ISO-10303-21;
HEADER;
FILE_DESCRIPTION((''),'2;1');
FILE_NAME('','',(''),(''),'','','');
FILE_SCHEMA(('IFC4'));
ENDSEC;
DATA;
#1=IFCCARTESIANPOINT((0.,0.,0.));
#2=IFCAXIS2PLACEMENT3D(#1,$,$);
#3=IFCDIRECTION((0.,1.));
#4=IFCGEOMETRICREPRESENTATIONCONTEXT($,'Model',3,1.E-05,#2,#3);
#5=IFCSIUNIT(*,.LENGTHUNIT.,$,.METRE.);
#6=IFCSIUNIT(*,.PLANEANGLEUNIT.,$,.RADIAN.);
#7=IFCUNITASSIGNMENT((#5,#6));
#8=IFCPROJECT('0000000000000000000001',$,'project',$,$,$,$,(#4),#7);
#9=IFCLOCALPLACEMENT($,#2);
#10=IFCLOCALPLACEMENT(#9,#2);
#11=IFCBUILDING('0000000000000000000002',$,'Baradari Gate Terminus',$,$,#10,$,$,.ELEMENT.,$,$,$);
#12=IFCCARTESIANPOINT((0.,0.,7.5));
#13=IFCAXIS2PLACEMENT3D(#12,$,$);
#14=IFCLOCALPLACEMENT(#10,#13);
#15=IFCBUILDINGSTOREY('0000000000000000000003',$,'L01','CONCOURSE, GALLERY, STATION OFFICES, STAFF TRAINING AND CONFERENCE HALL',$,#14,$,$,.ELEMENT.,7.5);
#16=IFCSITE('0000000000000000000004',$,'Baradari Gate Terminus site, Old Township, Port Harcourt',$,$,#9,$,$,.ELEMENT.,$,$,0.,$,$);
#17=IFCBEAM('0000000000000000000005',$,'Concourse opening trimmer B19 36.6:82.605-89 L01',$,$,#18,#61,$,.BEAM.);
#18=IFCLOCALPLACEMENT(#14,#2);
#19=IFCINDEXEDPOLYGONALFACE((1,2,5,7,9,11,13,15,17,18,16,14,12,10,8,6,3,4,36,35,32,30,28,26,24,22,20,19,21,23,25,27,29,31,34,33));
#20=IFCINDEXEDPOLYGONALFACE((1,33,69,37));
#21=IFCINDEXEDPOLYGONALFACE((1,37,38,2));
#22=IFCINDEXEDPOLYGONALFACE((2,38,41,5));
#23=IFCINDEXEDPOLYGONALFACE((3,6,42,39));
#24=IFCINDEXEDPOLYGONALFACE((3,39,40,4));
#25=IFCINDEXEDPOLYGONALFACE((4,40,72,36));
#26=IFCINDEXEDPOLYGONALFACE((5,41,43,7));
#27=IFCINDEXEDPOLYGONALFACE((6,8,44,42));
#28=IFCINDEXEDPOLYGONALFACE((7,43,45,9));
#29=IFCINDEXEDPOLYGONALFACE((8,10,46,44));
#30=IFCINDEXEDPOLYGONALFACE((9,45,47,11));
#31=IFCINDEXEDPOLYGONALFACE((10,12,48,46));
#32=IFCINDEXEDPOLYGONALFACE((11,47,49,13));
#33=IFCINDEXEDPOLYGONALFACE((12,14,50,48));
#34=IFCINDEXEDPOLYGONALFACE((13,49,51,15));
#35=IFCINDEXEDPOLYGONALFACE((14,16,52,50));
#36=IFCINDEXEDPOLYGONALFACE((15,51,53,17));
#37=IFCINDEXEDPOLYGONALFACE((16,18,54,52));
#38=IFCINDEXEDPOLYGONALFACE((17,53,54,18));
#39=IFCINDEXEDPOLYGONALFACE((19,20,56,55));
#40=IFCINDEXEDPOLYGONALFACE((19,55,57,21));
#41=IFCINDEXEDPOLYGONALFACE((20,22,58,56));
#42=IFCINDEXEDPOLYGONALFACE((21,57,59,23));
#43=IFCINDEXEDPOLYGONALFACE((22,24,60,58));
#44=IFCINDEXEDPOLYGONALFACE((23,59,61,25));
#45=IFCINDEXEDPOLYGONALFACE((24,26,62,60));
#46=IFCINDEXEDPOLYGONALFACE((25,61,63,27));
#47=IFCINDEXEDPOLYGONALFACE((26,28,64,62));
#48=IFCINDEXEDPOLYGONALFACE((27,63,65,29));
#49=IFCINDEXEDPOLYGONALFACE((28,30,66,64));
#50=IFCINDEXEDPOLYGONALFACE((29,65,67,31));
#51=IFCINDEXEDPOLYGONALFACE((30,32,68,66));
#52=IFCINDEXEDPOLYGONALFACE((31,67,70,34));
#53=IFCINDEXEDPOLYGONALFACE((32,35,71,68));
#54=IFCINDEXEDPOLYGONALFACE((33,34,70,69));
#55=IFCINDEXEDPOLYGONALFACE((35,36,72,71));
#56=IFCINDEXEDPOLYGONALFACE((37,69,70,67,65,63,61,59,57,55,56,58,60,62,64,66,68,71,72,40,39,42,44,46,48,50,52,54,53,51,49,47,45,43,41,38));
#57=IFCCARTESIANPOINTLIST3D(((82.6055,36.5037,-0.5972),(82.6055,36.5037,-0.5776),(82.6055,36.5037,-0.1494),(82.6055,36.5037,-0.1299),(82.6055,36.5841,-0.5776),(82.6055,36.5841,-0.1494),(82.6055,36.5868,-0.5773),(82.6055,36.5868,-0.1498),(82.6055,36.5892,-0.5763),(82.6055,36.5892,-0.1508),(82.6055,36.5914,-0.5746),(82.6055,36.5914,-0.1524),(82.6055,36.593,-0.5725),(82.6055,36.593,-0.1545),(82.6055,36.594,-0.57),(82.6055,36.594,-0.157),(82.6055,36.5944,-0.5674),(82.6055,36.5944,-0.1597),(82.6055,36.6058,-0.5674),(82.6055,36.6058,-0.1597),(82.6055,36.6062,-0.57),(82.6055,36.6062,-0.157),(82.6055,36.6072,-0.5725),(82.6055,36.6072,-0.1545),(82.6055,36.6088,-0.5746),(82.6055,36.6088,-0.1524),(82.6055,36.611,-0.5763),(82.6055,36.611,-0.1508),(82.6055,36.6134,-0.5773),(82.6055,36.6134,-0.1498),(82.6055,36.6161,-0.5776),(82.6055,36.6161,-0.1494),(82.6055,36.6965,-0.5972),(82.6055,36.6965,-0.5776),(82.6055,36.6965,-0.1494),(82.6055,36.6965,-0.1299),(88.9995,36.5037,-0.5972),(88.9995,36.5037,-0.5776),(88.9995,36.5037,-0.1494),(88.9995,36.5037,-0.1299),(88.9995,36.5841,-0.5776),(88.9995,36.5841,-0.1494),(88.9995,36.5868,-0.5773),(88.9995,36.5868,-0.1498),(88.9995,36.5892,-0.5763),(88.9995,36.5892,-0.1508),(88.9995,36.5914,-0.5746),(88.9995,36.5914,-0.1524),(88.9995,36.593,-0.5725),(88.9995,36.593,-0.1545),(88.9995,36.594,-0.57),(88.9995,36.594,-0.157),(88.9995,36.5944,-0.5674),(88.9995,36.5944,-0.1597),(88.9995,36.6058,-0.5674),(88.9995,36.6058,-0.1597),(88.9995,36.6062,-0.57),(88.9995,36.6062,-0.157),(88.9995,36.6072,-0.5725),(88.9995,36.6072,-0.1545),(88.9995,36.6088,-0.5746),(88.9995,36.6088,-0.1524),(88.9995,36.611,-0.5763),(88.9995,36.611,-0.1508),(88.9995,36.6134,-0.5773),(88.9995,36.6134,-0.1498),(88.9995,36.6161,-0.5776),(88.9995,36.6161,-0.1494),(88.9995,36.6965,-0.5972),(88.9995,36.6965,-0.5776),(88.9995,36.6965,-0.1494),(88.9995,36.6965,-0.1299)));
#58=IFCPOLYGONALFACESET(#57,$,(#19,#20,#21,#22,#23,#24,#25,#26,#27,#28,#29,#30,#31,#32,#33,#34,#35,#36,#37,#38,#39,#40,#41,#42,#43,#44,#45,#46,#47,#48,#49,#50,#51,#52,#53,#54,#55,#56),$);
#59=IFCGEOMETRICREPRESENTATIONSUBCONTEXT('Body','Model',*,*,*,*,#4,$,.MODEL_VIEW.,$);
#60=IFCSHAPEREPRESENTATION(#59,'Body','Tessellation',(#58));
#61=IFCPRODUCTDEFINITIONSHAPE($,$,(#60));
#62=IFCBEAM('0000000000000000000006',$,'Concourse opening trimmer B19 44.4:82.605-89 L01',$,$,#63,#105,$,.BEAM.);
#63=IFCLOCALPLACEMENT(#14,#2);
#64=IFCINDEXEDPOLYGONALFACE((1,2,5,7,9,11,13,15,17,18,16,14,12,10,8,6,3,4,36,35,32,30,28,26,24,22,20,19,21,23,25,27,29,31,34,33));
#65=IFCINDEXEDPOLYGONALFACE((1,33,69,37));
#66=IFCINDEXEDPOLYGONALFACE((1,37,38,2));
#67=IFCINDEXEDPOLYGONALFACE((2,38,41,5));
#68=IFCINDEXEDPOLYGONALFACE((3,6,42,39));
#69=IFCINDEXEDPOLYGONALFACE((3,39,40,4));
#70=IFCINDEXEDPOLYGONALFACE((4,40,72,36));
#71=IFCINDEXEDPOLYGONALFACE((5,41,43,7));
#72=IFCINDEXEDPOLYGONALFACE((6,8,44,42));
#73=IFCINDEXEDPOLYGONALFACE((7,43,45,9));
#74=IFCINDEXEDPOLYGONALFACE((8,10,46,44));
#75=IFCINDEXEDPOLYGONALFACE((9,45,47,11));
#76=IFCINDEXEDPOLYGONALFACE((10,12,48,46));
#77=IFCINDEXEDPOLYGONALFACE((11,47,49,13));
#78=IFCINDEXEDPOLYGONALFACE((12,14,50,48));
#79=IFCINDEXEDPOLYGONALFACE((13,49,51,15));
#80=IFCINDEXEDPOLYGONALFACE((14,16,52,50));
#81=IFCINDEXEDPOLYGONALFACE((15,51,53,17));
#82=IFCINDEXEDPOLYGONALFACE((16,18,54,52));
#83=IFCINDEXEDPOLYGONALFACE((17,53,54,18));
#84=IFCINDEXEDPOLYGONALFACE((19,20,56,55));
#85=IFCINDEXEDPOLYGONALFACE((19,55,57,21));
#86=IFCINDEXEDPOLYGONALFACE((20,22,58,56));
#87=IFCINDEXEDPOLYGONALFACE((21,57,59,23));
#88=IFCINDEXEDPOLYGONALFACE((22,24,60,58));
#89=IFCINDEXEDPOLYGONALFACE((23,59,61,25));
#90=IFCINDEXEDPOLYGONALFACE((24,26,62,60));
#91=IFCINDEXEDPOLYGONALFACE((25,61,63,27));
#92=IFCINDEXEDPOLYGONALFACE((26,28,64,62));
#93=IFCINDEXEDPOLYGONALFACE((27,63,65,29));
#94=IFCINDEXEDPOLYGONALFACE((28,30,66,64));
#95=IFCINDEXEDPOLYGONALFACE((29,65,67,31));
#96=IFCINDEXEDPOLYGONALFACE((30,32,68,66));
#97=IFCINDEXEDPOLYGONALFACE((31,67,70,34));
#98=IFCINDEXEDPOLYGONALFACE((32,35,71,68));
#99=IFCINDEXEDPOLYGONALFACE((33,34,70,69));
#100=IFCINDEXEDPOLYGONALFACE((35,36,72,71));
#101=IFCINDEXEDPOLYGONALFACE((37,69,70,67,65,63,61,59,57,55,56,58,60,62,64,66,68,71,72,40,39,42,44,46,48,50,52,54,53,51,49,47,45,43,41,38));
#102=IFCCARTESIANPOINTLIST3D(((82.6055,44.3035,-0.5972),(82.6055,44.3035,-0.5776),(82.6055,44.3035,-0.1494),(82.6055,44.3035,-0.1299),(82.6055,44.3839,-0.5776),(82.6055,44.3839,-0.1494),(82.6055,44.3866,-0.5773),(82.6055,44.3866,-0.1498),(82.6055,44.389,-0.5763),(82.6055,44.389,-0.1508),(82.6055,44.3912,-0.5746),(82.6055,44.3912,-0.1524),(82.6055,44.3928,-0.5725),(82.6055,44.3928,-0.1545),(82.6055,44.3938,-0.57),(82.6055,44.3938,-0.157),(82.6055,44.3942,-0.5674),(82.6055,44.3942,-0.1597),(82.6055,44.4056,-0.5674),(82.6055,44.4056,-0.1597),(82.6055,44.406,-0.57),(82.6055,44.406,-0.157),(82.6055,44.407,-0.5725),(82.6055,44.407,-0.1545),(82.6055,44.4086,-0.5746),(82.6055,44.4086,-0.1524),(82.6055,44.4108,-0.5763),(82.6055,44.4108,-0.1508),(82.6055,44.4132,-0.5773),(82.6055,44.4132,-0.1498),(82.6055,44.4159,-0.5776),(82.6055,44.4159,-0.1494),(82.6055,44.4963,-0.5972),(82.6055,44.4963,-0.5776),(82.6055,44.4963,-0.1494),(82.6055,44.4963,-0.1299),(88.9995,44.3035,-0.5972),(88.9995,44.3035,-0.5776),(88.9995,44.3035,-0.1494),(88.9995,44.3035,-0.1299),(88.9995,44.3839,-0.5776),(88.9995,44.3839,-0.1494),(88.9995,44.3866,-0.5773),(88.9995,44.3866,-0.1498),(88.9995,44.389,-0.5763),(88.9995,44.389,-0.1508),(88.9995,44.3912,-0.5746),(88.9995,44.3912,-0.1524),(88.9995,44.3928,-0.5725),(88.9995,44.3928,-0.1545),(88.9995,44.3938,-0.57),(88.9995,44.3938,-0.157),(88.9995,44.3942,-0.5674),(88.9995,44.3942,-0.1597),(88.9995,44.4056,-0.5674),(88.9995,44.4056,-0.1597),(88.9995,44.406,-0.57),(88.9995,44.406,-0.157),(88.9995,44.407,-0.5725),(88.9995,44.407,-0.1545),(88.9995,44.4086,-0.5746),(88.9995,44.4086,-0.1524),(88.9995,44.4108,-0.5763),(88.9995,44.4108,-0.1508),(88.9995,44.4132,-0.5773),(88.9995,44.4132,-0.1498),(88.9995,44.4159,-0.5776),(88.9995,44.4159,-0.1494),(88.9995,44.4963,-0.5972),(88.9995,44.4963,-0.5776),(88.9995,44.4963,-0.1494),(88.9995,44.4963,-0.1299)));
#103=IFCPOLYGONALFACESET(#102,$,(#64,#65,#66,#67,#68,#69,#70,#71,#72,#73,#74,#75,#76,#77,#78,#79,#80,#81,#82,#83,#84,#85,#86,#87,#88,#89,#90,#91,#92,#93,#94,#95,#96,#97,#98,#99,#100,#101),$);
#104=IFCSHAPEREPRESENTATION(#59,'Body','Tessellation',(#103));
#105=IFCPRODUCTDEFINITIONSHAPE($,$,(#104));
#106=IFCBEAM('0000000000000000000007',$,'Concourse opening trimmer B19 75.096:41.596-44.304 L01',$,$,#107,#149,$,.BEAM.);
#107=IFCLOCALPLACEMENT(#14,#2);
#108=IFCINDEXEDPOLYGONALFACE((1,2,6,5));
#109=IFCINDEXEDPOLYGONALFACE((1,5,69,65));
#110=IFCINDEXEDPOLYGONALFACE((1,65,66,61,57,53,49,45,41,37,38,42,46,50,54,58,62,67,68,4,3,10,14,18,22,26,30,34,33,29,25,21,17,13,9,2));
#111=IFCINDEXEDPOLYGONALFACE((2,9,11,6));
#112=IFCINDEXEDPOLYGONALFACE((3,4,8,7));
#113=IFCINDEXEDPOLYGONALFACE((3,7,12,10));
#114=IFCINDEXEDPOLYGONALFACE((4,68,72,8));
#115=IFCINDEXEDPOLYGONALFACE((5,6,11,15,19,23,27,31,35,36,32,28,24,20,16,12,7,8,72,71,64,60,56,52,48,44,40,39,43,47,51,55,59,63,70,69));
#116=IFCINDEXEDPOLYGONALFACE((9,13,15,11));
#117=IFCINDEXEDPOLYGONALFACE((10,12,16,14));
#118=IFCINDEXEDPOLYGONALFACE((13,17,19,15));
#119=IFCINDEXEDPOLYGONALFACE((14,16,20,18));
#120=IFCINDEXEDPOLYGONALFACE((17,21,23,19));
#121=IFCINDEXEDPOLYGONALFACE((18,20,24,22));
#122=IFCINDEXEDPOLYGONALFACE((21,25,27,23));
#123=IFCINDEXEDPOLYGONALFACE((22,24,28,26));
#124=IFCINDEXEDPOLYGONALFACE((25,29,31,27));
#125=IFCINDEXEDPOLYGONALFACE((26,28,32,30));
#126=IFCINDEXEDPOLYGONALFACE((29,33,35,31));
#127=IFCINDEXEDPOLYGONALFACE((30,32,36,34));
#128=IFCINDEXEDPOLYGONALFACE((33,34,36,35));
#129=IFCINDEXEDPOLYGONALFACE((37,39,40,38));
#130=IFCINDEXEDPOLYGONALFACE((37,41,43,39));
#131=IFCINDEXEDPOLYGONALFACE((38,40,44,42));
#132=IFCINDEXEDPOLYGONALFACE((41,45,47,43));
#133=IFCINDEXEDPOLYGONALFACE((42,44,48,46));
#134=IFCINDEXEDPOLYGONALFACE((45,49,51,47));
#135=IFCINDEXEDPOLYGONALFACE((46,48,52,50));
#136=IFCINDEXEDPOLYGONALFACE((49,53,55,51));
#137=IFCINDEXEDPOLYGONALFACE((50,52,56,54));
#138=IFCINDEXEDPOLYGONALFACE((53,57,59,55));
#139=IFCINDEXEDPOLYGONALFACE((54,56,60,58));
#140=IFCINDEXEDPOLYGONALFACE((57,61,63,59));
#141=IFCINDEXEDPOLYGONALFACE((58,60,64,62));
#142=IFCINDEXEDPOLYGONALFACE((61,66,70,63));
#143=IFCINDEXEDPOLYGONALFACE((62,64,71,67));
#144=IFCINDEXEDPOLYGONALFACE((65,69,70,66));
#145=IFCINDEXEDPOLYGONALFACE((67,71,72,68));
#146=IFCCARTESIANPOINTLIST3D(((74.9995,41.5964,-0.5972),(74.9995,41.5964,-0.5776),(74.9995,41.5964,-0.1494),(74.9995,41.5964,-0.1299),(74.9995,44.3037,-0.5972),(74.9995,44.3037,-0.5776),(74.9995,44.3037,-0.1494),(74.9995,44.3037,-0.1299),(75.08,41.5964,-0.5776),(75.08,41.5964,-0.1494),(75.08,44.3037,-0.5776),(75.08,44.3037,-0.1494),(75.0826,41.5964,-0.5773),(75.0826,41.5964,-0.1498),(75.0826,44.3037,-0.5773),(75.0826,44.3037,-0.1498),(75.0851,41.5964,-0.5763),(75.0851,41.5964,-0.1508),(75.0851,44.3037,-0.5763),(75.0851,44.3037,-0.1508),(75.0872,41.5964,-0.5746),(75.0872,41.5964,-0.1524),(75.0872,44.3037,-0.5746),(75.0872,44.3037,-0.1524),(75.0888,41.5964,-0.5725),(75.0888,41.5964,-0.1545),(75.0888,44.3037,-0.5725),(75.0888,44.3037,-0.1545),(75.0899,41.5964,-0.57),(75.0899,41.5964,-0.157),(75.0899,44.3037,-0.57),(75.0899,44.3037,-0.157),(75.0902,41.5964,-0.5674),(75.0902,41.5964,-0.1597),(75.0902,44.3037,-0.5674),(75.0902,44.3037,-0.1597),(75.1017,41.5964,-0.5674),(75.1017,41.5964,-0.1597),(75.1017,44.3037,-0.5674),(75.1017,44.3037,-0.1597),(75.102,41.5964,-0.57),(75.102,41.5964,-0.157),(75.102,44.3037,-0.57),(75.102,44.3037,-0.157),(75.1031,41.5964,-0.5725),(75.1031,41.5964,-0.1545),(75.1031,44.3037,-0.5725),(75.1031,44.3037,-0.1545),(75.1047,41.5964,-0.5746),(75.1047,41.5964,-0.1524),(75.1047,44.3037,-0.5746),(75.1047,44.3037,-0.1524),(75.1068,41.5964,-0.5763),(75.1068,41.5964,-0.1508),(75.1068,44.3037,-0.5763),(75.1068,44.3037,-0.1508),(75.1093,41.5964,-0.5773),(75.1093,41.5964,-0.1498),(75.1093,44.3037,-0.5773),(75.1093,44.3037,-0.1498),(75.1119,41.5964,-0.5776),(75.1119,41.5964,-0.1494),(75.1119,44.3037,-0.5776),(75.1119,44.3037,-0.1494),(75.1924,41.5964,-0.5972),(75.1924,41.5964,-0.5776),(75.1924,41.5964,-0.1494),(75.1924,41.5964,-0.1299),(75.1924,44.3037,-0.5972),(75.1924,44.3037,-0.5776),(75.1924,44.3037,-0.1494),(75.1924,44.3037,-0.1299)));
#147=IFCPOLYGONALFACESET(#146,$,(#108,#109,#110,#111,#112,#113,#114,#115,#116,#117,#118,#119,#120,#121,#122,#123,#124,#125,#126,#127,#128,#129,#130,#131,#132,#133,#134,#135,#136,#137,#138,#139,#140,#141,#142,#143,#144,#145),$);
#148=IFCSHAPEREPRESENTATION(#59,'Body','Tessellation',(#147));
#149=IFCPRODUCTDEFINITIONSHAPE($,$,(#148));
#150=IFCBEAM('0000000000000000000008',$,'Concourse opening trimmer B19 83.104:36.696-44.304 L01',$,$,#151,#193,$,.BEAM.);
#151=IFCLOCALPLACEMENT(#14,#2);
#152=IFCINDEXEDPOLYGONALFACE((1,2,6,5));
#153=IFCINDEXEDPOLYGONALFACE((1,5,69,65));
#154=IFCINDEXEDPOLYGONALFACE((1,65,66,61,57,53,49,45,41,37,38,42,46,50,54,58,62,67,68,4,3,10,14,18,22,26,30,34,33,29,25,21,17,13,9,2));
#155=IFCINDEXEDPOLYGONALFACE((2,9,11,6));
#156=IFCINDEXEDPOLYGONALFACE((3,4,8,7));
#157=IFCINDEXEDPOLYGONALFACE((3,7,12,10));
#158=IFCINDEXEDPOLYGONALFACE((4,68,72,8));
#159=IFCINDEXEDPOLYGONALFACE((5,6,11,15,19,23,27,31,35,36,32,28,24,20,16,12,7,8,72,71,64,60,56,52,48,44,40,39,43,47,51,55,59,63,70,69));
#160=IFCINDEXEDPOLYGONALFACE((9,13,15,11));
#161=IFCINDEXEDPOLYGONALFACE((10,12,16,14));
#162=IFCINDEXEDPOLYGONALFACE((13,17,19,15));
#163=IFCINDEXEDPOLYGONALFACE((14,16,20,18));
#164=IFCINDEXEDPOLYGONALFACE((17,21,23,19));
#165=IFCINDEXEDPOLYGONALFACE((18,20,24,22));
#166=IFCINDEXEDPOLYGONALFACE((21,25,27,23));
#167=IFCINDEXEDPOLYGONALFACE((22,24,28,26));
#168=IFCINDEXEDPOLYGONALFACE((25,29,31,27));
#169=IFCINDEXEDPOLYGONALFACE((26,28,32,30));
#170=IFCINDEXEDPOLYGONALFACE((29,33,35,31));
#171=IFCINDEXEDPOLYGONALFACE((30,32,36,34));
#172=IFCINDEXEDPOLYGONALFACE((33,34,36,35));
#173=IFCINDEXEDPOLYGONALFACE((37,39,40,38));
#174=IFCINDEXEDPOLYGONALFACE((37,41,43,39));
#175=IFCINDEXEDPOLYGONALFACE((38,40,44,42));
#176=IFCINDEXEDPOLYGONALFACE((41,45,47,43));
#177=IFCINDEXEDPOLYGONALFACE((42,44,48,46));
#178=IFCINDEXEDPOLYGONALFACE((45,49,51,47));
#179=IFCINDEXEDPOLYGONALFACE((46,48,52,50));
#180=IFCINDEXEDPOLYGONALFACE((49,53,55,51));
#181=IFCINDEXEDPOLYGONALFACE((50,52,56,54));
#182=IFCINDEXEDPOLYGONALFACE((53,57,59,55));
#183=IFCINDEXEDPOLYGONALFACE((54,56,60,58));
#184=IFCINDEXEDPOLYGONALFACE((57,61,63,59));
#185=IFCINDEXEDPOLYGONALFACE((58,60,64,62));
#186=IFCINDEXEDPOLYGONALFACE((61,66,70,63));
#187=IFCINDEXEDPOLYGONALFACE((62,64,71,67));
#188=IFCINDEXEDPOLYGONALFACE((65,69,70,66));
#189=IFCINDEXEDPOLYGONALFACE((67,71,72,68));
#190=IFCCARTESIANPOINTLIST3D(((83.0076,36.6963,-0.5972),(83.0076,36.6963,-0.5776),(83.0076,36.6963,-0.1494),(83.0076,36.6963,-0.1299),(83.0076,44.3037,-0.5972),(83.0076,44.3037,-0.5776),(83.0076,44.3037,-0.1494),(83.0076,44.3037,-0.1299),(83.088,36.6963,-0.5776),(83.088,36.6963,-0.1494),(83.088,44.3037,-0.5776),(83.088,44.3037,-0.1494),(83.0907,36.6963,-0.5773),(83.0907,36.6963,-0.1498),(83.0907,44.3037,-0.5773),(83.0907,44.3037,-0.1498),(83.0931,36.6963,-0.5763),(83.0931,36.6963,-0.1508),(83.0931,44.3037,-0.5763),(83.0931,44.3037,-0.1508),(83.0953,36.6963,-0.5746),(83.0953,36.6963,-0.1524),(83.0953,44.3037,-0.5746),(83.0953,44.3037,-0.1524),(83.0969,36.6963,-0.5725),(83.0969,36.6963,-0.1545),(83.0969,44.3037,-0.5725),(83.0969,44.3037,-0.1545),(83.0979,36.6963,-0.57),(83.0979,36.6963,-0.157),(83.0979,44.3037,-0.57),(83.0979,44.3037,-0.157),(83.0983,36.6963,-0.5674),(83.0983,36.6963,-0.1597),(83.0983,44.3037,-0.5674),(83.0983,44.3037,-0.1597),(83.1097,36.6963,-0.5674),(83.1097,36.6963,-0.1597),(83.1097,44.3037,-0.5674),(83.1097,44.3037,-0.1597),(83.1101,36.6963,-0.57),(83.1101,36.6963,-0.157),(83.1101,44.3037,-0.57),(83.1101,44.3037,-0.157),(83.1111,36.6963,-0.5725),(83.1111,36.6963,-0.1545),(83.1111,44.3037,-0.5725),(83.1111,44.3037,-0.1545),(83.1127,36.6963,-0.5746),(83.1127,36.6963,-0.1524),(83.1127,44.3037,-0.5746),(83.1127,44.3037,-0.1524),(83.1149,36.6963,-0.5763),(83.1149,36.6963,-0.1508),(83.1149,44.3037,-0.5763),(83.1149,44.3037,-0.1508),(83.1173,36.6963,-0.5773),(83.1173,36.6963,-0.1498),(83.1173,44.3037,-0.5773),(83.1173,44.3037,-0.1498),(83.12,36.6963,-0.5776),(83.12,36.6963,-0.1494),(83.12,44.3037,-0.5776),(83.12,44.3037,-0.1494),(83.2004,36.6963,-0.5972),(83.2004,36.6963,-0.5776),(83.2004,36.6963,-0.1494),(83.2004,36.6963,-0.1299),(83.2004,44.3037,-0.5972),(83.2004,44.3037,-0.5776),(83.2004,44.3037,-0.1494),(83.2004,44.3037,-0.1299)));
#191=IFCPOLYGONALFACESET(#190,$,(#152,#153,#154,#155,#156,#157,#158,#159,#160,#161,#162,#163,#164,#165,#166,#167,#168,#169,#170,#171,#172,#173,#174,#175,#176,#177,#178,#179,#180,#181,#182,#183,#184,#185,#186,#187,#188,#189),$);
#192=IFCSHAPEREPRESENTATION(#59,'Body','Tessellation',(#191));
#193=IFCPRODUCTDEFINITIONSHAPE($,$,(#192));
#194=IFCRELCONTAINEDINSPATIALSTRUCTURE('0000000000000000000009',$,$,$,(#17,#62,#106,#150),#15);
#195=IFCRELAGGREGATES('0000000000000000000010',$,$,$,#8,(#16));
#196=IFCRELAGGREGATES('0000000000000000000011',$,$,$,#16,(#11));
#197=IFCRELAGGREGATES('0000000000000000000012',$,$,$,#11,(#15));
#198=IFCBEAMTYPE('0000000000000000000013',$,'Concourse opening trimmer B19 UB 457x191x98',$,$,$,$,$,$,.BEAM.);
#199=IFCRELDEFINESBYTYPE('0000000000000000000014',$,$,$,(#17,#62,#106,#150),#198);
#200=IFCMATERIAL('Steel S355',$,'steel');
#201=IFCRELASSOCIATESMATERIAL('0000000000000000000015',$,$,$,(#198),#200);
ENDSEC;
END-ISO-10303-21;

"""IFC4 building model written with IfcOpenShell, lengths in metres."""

from ifc_helpers import new_model, si_unit, direction, frame, origin, origin_2d, place, context, subcontext, project, spatial, i_section, extrude, material, material_profile, profile_set, type_object, element, save


model = new_model("IFC4")

# Units and contexts
model_context = context("Model", 3, precision=1e-05, world=origin(), true_north=direction((0.0, 1.0)))
body_context = subcontext(model_context, "Body", "Model", "MODEL_VIEW")
ifc_project = project(units=[si_unit("LENGTHUNIT", "METRE"), si_unit("PLANEANGLEUNIT", "RADIAN")], contexts=[model_context])

# Site, building, storey
site_placement = place(None, origin())
site = spatial("IfcSite", under=ifc_project, at=site_placement, Name="Baradari Gate Terminus site, Old Township, Port Harcourt", CompositionType="ELEMENT", RefElevation=0.0)
building_placement = place(site_placement, origin())
building = spatial("IfcBuilding", under=site, at=building_placement, Name="Baradari Gate Terminus", CompositionType="ELEMENT")
storey_placement = place(building_placement, frame((0.0, 0.0, 7.5)))
storey = spatial("IfcBuildingStorey", under=building, at=storey_placement, Name="L01", Description="CONCOURSE, GALLERY, STATION OFFICES, STAFF TRAINING AND CONFERENCE HALL", CompositionType="ELEMENT", Elevation=7.5)

# Beams
ifc_material_1 = material(Name="Steel S355", Category="steel")
ifc_material_profile_1 = material_profile(ifc_material_1, i_section(OverallWidth=0.1929, OverallDepth=0.4673, WebThickness=0.0115, FlangeThickness=0.0195, FilletRadius=0.0103, at=origin_2d()), Name="UB 457x191x98")
ifc_profile_set_1 = profile_set([ifc_material_profile_1], Name="Steel S355")
beam_type_1 = type_object("IfcBeamType", Name="Concourse opening trimmer B19 UB 457x191x98", PredefinedType="BEAM", material=ifc_profile_set_1)
for number, where, z_axis, x_axis, name in (
    (1, (82.6055, 36.6001, -0.3635), (1.0, 0.0, 0.0), (0.0, 1.0, 0.0), "Concourse opening trimmer B19 36.6:82.605-89 L01"),
    (2, (82.6055, 44.3999, -0.3635), (1.0, 0.0, 0.0), (0.0, 1.0, 0.0), "Concourse opening trimmer B19 44.4:82.605-89 L01"),
):
    element("IfcBeam", number, at=place(storey_placement, frame(where, z_axis=z_axis, x_axis=x_axis)), inside=storey, type_object=beam_type_1, Name=name, PredefinedType="BEAM", context=body_context, shape_type="SweptSolid", body=[
        extrude(i_section(OverallWidth=0.1929, OverallDepth=0.4673, WebThickness=0.0115, FlangeThickness=0.0195, FilletRadius=0.0103, at=origin_2d()), origin(), (0.0, 0.0, 1.0), 6.394),
    ])
beam_1_placement = place(storey_placement, frame((75.0959, 41.5964, -0.3635), z_axis=(0.0, 1.0, 0.0), x_axis=(-1.0, 0.0, 0.0)))
element("IfcBeam", 3, at=beam_1_placement, inside=storey, type_object=beam_type_1, Name="Concourse opening trimmer B19 75.096:41.596-44.304 L01", PredefinedType="BEAM", context=body_context, shape_type="SweptSolid", body=[
    extrude(i_section(OverallWidth=0.1929, OverallDepth=0.4673, WebThickness=0.0115, FlangeThickness=0.0195, FilletRadius=0.0103, at=origin_2d()), origin(), (0.0, 0.0, 1.0), 2.7073),
])
beam_2_placement = place(storey_placement, frame((83.104, 36.6963, -0.3635), z_axis=(0.0, 1.0, 0.0), x_axis=(-1.0, 0.0, 0.0)))
element("IfcBeam", 4, at=beam_2_placement, inside=storey, type_object=beam_type_1, Name="Concourse opening trimmer B19 83.104:36.696-44.304 L01", PredefinedType="BEAM", context=body_context, shape_type="SweptSolid", body=[
    extrude(i_section(OverallWidth=0.1929, OverallDepth=0.4673, WebThickness=0.0115, FlangeThickness=0.0195, FilletRadius=0.0103, at=origin_2d()), origin(), (0.0, 0.0, 1.0), 7.6074),
])

save(model, "model.ifc")
